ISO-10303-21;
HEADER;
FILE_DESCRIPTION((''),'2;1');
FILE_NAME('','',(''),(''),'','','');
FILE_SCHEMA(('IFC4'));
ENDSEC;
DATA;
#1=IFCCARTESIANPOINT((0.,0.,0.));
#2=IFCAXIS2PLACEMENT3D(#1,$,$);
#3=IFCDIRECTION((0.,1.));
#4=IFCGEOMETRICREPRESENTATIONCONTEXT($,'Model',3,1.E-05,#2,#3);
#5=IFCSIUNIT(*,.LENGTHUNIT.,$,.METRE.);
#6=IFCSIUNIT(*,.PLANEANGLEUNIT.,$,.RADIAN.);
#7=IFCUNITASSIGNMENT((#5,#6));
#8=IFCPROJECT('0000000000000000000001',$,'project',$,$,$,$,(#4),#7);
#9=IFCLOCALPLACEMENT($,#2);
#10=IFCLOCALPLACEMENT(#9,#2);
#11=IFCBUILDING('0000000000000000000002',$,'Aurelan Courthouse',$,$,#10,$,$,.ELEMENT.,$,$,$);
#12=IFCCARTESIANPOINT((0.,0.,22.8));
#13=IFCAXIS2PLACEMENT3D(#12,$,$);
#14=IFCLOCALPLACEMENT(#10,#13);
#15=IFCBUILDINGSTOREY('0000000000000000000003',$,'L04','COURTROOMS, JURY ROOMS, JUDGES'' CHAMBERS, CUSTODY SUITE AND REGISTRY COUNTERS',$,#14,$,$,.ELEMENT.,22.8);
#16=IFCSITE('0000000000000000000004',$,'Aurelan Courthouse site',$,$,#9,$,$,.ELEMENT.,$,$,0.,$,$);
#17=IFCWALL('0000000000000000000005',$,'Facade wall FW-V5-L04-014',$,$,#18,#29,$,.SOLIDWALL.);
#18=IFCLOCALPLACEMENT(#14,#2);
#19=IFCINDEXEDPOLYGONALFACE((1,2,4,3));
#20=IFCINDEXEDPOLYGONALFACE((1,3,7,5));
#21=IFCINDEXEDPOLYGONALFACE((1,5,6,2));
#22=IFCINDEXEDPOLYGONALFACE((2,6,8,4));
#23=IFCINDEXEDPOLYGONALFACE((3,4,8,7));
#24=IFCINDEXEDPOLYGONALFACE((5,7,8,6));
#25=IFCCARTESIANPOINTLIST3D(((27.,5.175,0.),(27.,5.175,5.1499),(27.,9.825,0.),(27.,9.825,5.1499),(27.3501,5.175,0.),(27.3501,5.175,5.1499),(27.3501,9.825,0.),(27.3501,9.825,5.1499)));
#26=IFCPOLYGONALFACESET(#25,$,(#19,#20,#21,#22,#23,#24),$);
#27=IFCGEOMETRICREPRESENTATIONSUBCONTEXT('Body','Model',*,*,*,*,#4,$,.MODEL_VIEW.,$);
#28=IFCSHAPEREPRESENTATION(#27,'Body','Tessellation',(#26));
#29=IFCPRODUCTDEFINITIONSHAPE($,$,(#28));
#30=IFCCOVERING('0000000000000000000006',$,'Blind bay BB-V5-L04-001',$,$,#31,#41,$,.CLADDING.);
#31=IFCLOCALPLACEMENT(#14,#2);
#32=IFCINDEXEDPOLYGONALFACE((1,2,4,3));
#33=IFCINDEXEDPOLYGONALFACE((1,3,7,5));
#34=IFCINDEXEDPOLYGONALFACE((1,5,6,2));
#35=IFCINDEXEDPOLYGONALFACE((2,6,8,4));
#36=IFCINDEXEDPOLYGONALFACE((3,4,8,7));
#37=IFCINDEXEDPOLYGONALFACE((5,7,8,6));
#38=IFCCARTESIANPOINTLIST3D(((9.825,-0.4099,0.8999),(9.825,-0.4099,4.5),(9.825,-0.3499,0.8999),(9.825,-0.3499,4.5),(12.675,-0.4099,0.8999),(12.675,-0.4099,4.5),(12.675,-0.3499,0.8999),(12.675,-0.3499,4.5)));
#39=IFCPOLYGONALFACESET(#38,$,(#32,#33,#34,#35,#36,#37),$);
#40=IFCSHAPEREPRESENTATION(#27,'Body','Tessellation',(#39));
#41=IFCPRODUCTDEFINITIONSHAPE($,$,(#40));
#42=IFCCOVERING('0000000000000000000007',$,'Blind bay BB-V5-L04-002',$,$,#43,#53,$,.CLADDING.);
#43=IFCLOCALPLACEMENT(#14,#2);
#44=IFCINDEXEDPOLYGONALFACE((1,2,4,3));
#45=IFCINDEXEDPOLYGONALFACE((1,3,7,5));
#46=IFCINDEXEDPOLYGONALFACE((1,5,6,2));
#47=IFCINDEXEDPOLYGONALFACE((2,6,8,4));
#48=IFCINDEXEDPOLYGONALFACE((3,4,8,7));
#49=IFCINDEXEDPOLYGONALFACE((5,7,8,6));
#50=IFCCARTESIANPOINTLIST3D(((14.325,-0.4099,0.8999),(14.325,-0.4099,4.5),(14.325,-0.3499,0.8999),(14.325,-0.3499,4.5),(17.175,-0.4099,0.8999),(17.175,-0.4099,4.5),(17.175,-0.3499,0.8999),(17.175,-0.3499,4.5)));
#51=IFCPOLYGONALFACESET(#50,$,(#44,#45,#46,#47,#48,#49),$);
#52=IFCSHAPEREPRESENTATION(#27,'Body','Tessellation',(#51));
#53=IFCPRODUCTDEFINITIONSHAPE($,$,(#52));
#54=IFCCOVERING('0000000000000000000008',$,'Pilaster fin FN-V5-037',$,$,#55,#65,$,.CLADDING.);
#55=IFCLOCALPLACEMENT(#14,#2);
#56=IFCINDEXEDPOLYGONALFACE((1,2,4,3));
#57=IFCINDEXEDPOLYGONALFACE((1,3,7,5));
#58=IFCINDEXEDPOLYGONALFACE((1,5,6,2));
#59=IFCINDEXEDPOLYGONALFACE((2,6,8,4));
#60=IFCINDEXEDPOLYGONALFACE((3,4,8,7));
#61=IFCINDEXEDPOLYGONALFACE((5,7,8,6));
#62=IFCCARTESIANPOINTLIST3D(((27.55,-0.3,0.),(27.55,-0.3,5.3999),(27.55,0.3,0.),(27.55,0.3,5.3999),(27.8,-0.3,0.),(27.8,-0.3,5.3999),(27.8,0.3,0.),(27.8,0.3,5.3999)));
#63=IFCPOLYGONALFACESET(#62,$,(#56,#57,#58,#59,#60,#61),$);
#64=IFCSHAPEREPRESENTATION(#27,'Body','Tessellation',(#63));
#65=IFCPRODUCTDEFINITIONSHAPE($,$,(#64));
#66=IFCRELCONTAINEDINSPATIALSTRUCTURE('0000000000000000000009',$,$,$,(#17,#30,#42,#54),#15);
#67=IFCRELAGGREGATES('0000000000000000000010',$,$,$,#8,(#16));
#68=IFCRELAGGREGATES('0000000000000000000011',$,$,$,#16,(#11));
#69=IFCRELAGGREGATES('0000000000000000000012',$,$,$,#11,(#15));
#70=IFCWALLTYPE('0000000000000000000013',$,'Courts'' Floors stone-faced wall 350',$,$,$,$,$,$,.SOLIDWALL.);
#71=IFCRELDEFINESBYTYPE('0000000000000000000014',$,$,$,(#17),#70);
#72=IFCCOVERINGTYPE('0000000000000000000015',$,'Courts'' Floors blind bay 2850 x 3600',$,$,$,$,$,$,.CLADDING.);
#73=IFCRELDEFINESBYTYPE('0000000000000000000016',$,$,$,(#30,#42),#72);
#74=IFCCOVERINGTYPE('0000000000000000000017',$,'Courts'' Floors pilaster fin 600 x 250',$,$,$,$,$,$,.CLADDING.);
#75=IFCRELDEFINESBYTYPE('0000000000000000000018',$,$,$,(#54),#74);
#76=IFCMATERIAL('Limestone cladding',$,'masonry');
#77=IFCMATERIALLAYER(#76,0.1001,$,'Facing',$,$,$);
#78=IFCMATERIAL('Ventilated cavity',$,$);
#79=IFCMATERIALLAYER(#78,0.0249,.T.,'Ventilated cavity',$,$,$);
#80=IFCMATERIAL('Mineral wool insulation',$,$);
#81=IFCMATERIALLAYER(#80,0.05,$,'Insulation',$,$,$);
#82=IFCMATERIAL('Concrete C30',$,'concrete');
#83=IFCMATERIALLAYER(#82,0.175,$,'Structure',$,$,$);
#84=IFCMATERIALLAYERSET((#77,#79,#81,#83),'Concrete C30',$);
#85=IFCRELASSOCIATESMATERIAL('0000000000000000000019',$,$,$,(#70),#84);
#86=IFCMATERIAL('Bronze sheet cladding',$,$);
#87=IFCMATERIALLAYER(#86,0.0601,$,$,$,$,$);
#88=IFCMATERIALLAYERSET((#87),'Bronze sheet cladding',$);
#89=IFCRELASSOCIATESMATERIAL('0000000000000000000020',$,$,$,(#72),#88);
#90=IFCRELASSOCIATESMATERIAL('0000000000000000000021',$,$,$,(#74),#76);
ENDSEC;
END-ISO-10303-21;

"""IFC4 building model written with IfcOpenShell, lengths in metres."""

from ifc_helpers import new_model, si_unit, direction, frame, frame_2d, origin, origin_2d, place, context, subcontext, project, spatial, rectangle, extrude, material, layer, layer_set, type_object, element, save


model = new_model("IFC4")

# Units and contexts
model_context = context("Model", 3, precision=1e-05, world=origin(), true_north=direction((0.0, 1.0)))
body_context = subcontext(model_context, "Body", "Model", "MODEL_VIEW")
ifc_project = project(units=[si_unit("LENGTHUNIT", "METRE"), si_unit("PLANEANGLEUNIT", "RADIAN")], contexts=[model_context])

# Site, building, storey
site_placement = place(None, origin())
site = spatial("IfcSite", under=ifc_project, at=site_placement, Name="Aurelan Courthouse site", CompositionType="ELEMENT", RefElevation=0.0)
building_placement = place(site_placement, origin())
building = spatial("IfcBuilding", under=site, at=building_placement, Name="Aurelan Courthouse", CompositionType="ELEMENT")
storey_placement = place(building_placement, frame((0.0, 0.0, 22.8)))
storey = spatial("IfcBuildingStorey", under=building, at=storey_placement, Name="L04", Description="COURTROOMS, JURY ROOMS, JUDGES' CHAMBERS, CUSTODY SUITE AND REGISTRY COUNTERS", CompositionType="ELEMENT", Elevation=22.8)

# Wall
ifc_material_1 = material(Name="Limestone cladding", Category="masonry")
ifc_layer_1 = layer(ifc_material_1, 0.1001, Name="Facing")
ifc_material_2 = material(Name="Ventilated cavity")
ifc_layer_2 = layer(ifc_material_2, 0.0249, ventilated=True, Name="Ventilated cavity")
ifc_material_3 = material(Name="Mineral wool insulation")
ifc_layer_3 = layer(ifc_material_3, 0.05, Name="Insulation")
ifc_material_4 = material(Name="Concrete C30", Category="concrete")
ifc_layer_4 = layer(ifc_material_4, 0.175, Name="Structure")
ifc_layer_set_1 = layer_set([ifc_layer_1, ifc_layer_2, ifc_layer_3, ifc_layer_4], Name="Concrete C30")
wall_type = type_object("IfcWallType", Name="Courts' Floors stone-faced wall 350", PredefinedType="SOLIDWALL", material=ifc_layer_set_1)
wall_1_placement = place(storey_placement, frame((27.175, 5.175, 0.0), z_axis=(0.0, 0.0, 1.0), x_axis=(0.0, 1.0, 0.0)))
element("IfcWall", 1, at=wall_1_placement, inside=storey, type_object=wall_type, Name="Facade wall FW-V5-L04-014", PredefinedType="SOLIDWALL", context=body_context, shape_type="SweptSolid", body=[
    extrude(rectangle(XDim=4.6499, YDim=0.3501, at=frame_2d((2.325, 0.0))), origin(), (0.0, 0.0, 1.0), 5.1499),
])

# Coverings
ifc_material_5 = material(Name="Bronze sheet cladding")
ifc_layer_5 = layer(ifc_material_5, 0.0601)
ifc_layer_set_2 = layer_set([ifc_layer_5], Name="Bronze sheet cladding")
covering_type_1 = type_object("IfcCoveringType", Name="Courts' Floors blind bay 2850 x 3600", PredefinedType="CLADDING", material=ifc_layer_set_2)
for number, where, z_axis, x_axis, name in (
    (2, (11.25, -0.3799, 0.8999), (0.0, 0.0, 1.0), (1.0, 0.0, 0.0), "Blind bay BB-V5-L04-001"),
    (3, (15.75, -0.3799, 0.8999), (0.0, 0.0, 1.0), (1.0, 0.0, 0.0), "Blind bay BB-V5-L04-002"),
):
    element("IfcCovering", number, at=place(storey_placement, frame(where, z_axis=z_axis, x_axis=x_axis)), inside=storey, type_object=covering_type_1, Name=name, PredefinedType="CLADDING", context=body_context, shape_type="SweptSolid", body=[
        extrude(rectangle(XDim=2.8501, YDim=0.0601, at=origin_2d()), origin(), (0.0, 0.0, 1.0), 3.6001),
    ])
covering_type_2 = type_object("IfcCoveringType", Name="Courts' Floors pilaster fin 600 x 250", PredefinedType="CLADDING", material=ifc_material_1)
covering_placement = place(storey_placement, frame((27.675, 0.0, 0.0), z_axis=(0.0, 0.0, 1.0), x_axis=(1.0, 0.0, 0.0)))
element("IfcCovering", 4, at=covering_placement, inside=storey, type_object=covering_type_2, Name="Pilaster fin FN-V5-037", PredefinedType="CLADDING", context=body_context, shape_type="SweptSolid", body=[
    extrude(rectangle(XDim=0.25, YDim=0.6001, at=origin_2d()), origin(), (0.0, 0.0, 1.0), 5.3999),
])

save(model, "model.ifc")
